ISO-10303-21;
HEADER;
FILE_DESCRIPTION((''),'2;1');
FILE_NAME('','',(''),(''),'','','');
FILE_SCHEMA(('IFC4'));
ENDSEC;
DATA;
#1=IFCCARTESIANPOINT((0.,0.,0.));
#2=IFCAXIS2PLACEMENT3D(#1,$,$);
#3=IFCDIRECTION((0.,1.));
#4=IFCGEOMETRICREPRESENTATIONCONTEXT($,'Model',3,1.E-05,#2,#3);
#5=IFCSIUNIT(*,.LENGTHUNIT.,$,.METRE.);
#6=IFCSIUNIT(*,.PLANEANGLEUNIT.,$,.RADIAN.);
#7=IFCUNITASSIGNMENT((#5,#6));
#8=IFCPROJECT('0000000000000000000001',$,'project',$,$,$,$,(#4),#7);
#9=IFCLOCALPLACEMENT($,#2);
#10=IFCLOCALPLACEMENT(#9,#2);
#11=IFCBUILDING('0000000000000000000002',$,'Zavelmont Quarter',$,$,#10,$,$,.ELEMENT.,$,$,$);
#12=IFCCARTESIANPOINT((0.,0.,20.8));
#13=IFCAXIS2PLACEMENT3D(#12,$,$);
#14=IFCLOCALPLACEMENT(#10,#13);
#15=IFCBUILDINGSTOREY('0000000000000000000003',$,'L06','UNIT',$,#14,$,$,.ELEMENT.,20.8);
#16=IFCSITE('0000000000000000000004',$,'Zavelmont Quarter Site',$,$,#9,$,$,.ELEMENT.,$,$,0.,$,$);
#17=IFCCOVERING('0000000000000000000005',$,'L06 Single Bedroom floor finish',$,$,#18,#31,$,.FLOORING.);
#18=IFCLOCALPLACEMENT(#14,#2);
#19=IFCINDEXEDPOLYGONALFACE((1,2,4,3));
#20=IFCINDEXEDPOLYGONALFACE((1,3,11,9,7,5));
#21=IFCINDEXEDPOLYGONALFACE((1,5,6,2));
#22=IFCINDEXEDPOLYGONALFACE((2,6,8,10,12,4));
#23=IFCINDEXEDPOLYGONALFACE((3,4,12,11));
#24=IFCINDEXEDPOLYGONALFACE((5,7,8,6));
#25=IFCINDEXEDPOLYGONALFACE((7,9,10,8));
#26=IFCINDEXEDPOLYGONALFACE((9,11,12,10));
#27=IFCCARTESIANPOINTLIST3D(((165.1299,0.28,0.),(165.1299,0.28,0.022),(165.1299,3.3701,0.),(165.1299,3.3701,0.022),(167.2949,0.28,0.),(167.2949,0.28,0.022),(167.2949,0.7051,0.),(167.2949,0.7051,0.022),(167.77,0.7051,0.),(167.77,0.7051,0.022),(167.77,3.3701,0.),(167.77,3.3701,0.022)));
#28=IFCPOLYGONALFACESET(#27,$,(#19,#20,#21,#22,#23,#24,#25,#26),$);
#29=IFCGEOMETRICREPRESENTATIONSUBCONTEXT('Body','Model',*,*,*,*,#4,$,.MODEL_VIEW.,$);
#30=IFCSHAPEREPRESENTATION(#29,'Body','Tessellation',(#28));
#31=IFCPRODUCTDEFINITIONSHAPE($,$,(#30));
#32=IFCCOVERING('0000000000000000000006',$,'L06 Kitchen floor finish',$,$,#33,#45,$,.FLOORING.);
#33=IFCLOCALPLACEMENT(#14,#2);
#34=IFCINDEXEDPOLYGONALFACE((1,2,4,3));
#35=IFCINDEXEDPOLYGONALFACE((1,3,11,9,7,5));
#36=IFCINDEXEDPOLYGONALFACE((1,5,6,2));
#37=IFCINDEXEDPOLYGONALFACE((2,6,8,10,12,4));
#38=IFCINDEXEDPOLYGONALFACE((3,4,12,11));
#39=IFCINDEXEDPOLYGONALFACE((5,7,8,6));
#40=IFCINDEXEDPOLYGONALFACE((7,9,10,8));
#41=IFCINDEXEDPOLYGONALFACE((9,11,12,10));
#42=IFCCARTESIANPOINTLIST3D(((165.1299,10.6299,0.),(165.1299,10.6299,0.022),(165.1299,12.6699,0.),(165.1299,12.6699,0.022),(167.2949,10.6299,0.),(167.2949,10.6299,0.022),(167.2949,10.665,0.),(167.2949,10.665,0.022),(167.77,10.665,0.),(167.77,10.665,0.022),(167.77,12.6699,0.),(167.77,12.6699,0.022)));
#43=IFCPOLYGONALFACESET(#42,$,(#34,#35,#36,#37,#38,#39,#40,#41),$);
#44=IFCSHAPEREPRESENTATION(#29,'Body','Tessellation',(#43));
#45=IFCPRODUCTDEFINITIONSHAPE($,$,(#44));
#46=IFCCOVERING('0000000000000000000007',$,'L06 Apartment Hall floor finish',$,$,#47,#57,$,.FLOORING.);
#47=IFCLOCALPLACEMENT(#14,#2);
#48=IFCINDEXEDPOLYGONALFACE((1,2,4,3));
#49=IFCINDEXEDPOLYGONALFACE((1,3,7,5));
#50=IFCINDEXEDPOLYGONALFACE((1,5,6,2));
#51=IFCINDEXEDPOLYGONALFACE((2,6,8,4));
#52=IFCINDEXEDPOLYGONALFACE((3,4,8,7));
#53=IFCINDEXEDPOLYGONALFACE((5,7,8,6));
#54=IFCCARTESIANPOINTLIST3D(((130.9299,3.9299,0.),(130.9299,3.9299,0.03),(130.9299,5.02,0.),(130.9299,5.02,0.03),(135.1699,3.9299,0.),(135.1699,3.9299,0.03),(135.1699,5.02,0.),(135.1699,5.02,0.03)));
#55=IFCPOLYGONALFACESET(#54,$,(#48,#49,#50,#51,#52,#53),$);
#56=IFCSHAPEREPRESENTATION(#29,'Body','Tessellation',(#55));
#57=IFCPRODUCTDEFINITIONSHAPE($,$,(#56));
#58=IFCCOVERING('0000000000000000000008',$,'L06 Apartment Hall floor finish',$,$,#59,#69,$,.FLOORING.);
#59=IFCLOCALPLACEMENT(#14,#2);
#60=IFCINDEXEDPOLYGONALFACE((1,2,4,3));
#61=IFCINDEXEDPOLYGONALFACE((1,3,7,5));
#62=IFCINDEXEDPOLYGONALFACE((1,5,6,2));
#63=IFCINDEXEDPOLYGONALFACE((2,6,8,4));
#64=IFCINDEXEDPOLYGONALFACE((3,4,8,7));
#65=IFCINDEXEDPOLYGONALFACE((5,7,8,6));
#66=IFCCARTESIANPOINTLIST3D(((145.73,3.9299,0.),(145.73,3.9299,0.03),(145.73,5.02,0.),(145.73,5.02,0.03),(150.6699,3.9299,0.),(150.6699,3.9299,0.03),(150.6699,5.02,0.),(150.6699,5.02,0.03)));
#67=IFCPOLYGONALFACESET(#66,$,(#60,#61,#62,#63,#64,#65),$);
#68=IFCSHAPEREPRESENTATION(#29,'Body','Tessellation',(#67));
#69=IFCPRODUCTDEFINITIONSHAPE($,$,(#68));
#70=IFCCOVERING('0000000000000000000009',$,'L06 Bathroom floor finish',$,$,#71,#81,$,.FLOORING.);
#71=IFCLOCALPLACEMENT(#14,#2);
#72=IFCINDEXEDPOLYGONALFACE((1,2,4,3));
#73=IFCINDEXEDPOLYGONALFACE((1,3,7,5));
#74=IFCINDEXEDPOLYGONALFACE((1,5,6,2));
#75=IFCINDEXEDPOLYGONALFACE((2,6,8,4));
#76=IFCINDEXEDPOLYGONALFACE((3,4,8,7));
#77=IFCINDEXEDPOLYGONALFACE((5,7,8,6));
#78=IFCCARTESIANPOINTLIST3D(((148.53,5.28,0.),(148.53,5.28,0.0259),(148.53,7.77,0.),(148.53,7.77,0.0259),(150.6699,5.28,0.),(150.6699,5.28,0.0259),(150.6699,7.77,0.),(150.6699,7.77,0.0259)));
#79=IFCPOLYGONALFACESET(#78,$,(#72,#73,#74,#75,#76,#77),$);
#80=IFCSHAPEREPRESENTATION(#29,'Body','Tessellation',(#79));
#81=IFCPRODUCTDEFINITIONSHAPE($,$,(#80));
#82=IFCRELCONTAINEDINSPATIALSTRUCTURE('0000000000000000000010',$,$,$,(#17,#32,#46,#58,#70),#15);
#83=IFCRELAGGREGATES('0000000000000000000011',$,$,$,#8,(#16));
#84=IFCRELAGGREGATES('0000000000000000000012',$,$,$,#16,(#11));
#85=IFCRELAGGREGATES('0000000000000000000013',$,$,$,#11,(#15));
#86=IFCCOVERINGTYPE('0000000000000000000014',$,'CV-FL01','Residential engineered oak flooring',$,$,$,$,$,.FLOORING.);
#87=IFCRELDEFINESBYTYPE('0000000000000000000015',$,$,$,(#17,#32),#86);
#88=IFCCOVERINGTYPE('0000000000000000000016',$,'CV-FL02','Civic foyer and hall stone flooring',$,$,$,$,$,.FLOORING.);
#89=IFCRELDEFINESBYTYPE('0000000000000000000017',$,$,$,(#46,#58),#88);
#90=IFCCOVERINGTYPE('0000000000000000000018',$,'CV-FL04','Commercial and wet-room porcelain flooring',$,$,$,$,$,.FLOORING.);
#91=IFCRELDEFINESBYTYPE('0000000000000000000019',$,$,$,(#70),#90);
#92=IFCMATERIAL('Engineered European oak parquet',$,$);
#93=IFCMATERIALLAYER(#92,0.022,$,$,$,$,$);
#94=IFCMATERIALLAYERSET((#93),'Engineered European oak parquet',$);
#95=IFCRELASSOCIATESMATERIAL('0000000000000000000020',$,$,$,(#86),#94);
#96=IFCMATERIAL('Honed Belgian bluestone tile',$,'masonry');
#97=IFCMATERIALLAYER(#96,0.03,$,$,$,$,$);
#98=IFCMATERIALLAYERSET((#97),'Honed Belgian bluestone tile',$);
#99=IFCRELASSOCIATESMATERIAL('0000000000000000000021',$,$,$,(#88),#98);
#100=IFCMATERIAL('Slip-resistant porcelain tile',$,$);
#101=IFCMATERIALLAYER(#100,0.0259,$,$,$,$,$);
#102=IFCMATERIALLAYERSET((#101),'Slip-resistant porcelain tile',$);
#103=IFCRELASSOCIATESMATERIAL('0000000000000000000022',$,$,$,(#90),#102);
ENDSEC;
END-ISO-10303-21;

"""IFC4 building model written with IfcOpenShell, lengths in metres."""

from ifc_helpers import new_model, si_unit, direction, frame, origin, place, context, subcontext, project, spatial, polyline, outline, extrude, material, layer, layer_set, type_object, element, save


model = new_model("IFC4")

# Units and contexts
model_context = context("Model", 3, precision=1e-05, world=origin(), true_north=direction((0.0, 1.0)))
body_context = subcontext(model_context, "Body", "Model", "MODEL_VIEW")
ifc_project = project(units=[si_unit("LENGTHUNIT", "METRE"), si_unit("PLANEANGLEUNIT", "RADIAN")], contexts=[model_context])

# Site, building, storey
site_placement = place(None, origin())
site = spatial("IfcSite", under=ifc_project, at=site_placement, Name="Zavelmont Quarter Site", CompositionType="ELEMENT", RefElevation=0.0)
building_placement = place(site_placement, origin())
building = spatial("IfcBuilding", under=site, at=building_placement, Name="Zavelmont Quarter", CompositionType="ELEMENT")
storey_placement = place(building_placement, frame((0.0, 0.0, 20.8)))
storey = spatial("IfcBuildingStorey", under=building, at=storey_placement, Name="L06", Description="UNIT", CompositionType="ELEMENT", Elevation=20.8)

# Coverings
ifc_material_1 = material(Name="Engineered European oak parquet")
ifc_layer_1 = layer(ifc_material_1, 0.022)
ifc_layer_set_1 = layer_set([ifc_layer_1], Name="Engineered European oak parquet")
covering_type_1 = type_object("IfcCoveringType", Name="CV-FL01", Description="Residential engineered oak flooring", PredefinedType="FLOORING", material=ifc_layer_set_1)
covering_1_placement = place(storey_placement, origin())
element("IfcCovering", 1, at=covering_1_placement, inside=storey, type_object=covering_type_1, Name="L06 Single Bedroom floor finish", PredefinedType="FLOORING", context=body_context, shape_type="SweptSolid", body=[
    extrude(outline(polyline([(165.1299, 3.3701), (167.77, 3.3701), (167.77, 0.7051), (167.2949, 0.7051), (167.2949, 0.28), (165.1299, 0.28), (165.1299, 3.3701)])), origin(), (0.0, 0.0, 1.0), 0.022),
])
covering_2_placement = place(storey_placement, origin())
element("IfcCovering", 2, at=covering_2_placement, inside=storey, type_object=covering_type_1, Name="L06 Kitchen floor finish", PredefinedType="FLOORING", context=body_context, shape_type="SweptSolid", body=[
    extrude(outline(polyline([(165.1299, 12.6699), (167.77, 12.6699), (167.77, 10.665), (167.2949, 10.665), (167.2949, 10.6299), (165.1299, 10.6299), (165.1299, 12.6699)])), origin(), (0.0, 0.0, 1.0), 0.022),
])
ifc_material_2 = material(Name="Honed Belgian bluestone tile", Category="masonry")
ifc_layer_2 = layer(ifc_material_2, 0.03)
ifc_layer_set_2 = layer_set([ifc_layer_2], Name="Honed Belgian bluestone tile")
covering_type_2 = type_object("IfcCoveringType", Name="CV-FL02", Description="Civic foyer and hall stone flooring", PredefinedType="FLOORING", material=ifc_layer_set_2)
covering_3_placement = place(storey_placement, origin())
element("IfcCovering", 3, at=covering_3_placement, inside=storey, type_object=covering_type_2, Name="L06 Apartment Hall floor finish", PredefinedType="FLOORING", context=body_context, shape_type="SweptSolid", body=[
    extrude(outline(polyline([(130.9299, 5.02), (135.1699, 5.02), (135.1699, 3.9299), (130.9299, 3.9299), (130.9299, 5.02)])), origin(), (0.0, 0.0, 1.0), 0.03),
])
covering_4_placement = place(storey_placement, origin())
element("IfcCovering", 4, at=covering_4_placement, inside=storey, type_object=covering_type_2, Name="L06 Apartment Hall floor finish", PredefinedType="FLOORING", context=body_context, shape_type="SweptSolid", body=[
    extrude(outline(polyline([(145.73, 5.02), (150.6699, 5.02), (150.6699, 3.9299), (145.73, 3.9299), (145.73, 5.02)])), origin(), (0.0, 0.0, 1.0), 0.03),
])
ifc_material_3 = material(Name="Slip-resistant porcelain tile")
ifc_layer_3 = layer(ifc_material_3, 0.0259)
ifc_layer_set_3 = layer_set([ifc_layer_3], Name="Slip-resistant porcelain tile")
covering_type_3 = type_object("IfcCoveringType", Name="CV-FL04", Description="Commercial and wet-room porcelain flooring", PredefinedType="FLOORING", material=ifc_layer_set_3)
covering_5_placement = place(storey_placement, origin())
element("IfcCovering", 5, at=covering_5_placement, inside=storey, type_object=covering_type_3, Name="L06 Bathroom floor finish", PredefinedType="FLOORING", context=body_context, shape_type="SweptSolid", body=[
    extrude(outline(polyline([(148.53, 7.77), (150.6699, 7.77), (150.6699, 5.28), (148.53, 5.28), (148.53, 7.77)])), origin(), (0.0, 0.0, 1.0), 0.0259),
])

save(model, "model.ifc")
